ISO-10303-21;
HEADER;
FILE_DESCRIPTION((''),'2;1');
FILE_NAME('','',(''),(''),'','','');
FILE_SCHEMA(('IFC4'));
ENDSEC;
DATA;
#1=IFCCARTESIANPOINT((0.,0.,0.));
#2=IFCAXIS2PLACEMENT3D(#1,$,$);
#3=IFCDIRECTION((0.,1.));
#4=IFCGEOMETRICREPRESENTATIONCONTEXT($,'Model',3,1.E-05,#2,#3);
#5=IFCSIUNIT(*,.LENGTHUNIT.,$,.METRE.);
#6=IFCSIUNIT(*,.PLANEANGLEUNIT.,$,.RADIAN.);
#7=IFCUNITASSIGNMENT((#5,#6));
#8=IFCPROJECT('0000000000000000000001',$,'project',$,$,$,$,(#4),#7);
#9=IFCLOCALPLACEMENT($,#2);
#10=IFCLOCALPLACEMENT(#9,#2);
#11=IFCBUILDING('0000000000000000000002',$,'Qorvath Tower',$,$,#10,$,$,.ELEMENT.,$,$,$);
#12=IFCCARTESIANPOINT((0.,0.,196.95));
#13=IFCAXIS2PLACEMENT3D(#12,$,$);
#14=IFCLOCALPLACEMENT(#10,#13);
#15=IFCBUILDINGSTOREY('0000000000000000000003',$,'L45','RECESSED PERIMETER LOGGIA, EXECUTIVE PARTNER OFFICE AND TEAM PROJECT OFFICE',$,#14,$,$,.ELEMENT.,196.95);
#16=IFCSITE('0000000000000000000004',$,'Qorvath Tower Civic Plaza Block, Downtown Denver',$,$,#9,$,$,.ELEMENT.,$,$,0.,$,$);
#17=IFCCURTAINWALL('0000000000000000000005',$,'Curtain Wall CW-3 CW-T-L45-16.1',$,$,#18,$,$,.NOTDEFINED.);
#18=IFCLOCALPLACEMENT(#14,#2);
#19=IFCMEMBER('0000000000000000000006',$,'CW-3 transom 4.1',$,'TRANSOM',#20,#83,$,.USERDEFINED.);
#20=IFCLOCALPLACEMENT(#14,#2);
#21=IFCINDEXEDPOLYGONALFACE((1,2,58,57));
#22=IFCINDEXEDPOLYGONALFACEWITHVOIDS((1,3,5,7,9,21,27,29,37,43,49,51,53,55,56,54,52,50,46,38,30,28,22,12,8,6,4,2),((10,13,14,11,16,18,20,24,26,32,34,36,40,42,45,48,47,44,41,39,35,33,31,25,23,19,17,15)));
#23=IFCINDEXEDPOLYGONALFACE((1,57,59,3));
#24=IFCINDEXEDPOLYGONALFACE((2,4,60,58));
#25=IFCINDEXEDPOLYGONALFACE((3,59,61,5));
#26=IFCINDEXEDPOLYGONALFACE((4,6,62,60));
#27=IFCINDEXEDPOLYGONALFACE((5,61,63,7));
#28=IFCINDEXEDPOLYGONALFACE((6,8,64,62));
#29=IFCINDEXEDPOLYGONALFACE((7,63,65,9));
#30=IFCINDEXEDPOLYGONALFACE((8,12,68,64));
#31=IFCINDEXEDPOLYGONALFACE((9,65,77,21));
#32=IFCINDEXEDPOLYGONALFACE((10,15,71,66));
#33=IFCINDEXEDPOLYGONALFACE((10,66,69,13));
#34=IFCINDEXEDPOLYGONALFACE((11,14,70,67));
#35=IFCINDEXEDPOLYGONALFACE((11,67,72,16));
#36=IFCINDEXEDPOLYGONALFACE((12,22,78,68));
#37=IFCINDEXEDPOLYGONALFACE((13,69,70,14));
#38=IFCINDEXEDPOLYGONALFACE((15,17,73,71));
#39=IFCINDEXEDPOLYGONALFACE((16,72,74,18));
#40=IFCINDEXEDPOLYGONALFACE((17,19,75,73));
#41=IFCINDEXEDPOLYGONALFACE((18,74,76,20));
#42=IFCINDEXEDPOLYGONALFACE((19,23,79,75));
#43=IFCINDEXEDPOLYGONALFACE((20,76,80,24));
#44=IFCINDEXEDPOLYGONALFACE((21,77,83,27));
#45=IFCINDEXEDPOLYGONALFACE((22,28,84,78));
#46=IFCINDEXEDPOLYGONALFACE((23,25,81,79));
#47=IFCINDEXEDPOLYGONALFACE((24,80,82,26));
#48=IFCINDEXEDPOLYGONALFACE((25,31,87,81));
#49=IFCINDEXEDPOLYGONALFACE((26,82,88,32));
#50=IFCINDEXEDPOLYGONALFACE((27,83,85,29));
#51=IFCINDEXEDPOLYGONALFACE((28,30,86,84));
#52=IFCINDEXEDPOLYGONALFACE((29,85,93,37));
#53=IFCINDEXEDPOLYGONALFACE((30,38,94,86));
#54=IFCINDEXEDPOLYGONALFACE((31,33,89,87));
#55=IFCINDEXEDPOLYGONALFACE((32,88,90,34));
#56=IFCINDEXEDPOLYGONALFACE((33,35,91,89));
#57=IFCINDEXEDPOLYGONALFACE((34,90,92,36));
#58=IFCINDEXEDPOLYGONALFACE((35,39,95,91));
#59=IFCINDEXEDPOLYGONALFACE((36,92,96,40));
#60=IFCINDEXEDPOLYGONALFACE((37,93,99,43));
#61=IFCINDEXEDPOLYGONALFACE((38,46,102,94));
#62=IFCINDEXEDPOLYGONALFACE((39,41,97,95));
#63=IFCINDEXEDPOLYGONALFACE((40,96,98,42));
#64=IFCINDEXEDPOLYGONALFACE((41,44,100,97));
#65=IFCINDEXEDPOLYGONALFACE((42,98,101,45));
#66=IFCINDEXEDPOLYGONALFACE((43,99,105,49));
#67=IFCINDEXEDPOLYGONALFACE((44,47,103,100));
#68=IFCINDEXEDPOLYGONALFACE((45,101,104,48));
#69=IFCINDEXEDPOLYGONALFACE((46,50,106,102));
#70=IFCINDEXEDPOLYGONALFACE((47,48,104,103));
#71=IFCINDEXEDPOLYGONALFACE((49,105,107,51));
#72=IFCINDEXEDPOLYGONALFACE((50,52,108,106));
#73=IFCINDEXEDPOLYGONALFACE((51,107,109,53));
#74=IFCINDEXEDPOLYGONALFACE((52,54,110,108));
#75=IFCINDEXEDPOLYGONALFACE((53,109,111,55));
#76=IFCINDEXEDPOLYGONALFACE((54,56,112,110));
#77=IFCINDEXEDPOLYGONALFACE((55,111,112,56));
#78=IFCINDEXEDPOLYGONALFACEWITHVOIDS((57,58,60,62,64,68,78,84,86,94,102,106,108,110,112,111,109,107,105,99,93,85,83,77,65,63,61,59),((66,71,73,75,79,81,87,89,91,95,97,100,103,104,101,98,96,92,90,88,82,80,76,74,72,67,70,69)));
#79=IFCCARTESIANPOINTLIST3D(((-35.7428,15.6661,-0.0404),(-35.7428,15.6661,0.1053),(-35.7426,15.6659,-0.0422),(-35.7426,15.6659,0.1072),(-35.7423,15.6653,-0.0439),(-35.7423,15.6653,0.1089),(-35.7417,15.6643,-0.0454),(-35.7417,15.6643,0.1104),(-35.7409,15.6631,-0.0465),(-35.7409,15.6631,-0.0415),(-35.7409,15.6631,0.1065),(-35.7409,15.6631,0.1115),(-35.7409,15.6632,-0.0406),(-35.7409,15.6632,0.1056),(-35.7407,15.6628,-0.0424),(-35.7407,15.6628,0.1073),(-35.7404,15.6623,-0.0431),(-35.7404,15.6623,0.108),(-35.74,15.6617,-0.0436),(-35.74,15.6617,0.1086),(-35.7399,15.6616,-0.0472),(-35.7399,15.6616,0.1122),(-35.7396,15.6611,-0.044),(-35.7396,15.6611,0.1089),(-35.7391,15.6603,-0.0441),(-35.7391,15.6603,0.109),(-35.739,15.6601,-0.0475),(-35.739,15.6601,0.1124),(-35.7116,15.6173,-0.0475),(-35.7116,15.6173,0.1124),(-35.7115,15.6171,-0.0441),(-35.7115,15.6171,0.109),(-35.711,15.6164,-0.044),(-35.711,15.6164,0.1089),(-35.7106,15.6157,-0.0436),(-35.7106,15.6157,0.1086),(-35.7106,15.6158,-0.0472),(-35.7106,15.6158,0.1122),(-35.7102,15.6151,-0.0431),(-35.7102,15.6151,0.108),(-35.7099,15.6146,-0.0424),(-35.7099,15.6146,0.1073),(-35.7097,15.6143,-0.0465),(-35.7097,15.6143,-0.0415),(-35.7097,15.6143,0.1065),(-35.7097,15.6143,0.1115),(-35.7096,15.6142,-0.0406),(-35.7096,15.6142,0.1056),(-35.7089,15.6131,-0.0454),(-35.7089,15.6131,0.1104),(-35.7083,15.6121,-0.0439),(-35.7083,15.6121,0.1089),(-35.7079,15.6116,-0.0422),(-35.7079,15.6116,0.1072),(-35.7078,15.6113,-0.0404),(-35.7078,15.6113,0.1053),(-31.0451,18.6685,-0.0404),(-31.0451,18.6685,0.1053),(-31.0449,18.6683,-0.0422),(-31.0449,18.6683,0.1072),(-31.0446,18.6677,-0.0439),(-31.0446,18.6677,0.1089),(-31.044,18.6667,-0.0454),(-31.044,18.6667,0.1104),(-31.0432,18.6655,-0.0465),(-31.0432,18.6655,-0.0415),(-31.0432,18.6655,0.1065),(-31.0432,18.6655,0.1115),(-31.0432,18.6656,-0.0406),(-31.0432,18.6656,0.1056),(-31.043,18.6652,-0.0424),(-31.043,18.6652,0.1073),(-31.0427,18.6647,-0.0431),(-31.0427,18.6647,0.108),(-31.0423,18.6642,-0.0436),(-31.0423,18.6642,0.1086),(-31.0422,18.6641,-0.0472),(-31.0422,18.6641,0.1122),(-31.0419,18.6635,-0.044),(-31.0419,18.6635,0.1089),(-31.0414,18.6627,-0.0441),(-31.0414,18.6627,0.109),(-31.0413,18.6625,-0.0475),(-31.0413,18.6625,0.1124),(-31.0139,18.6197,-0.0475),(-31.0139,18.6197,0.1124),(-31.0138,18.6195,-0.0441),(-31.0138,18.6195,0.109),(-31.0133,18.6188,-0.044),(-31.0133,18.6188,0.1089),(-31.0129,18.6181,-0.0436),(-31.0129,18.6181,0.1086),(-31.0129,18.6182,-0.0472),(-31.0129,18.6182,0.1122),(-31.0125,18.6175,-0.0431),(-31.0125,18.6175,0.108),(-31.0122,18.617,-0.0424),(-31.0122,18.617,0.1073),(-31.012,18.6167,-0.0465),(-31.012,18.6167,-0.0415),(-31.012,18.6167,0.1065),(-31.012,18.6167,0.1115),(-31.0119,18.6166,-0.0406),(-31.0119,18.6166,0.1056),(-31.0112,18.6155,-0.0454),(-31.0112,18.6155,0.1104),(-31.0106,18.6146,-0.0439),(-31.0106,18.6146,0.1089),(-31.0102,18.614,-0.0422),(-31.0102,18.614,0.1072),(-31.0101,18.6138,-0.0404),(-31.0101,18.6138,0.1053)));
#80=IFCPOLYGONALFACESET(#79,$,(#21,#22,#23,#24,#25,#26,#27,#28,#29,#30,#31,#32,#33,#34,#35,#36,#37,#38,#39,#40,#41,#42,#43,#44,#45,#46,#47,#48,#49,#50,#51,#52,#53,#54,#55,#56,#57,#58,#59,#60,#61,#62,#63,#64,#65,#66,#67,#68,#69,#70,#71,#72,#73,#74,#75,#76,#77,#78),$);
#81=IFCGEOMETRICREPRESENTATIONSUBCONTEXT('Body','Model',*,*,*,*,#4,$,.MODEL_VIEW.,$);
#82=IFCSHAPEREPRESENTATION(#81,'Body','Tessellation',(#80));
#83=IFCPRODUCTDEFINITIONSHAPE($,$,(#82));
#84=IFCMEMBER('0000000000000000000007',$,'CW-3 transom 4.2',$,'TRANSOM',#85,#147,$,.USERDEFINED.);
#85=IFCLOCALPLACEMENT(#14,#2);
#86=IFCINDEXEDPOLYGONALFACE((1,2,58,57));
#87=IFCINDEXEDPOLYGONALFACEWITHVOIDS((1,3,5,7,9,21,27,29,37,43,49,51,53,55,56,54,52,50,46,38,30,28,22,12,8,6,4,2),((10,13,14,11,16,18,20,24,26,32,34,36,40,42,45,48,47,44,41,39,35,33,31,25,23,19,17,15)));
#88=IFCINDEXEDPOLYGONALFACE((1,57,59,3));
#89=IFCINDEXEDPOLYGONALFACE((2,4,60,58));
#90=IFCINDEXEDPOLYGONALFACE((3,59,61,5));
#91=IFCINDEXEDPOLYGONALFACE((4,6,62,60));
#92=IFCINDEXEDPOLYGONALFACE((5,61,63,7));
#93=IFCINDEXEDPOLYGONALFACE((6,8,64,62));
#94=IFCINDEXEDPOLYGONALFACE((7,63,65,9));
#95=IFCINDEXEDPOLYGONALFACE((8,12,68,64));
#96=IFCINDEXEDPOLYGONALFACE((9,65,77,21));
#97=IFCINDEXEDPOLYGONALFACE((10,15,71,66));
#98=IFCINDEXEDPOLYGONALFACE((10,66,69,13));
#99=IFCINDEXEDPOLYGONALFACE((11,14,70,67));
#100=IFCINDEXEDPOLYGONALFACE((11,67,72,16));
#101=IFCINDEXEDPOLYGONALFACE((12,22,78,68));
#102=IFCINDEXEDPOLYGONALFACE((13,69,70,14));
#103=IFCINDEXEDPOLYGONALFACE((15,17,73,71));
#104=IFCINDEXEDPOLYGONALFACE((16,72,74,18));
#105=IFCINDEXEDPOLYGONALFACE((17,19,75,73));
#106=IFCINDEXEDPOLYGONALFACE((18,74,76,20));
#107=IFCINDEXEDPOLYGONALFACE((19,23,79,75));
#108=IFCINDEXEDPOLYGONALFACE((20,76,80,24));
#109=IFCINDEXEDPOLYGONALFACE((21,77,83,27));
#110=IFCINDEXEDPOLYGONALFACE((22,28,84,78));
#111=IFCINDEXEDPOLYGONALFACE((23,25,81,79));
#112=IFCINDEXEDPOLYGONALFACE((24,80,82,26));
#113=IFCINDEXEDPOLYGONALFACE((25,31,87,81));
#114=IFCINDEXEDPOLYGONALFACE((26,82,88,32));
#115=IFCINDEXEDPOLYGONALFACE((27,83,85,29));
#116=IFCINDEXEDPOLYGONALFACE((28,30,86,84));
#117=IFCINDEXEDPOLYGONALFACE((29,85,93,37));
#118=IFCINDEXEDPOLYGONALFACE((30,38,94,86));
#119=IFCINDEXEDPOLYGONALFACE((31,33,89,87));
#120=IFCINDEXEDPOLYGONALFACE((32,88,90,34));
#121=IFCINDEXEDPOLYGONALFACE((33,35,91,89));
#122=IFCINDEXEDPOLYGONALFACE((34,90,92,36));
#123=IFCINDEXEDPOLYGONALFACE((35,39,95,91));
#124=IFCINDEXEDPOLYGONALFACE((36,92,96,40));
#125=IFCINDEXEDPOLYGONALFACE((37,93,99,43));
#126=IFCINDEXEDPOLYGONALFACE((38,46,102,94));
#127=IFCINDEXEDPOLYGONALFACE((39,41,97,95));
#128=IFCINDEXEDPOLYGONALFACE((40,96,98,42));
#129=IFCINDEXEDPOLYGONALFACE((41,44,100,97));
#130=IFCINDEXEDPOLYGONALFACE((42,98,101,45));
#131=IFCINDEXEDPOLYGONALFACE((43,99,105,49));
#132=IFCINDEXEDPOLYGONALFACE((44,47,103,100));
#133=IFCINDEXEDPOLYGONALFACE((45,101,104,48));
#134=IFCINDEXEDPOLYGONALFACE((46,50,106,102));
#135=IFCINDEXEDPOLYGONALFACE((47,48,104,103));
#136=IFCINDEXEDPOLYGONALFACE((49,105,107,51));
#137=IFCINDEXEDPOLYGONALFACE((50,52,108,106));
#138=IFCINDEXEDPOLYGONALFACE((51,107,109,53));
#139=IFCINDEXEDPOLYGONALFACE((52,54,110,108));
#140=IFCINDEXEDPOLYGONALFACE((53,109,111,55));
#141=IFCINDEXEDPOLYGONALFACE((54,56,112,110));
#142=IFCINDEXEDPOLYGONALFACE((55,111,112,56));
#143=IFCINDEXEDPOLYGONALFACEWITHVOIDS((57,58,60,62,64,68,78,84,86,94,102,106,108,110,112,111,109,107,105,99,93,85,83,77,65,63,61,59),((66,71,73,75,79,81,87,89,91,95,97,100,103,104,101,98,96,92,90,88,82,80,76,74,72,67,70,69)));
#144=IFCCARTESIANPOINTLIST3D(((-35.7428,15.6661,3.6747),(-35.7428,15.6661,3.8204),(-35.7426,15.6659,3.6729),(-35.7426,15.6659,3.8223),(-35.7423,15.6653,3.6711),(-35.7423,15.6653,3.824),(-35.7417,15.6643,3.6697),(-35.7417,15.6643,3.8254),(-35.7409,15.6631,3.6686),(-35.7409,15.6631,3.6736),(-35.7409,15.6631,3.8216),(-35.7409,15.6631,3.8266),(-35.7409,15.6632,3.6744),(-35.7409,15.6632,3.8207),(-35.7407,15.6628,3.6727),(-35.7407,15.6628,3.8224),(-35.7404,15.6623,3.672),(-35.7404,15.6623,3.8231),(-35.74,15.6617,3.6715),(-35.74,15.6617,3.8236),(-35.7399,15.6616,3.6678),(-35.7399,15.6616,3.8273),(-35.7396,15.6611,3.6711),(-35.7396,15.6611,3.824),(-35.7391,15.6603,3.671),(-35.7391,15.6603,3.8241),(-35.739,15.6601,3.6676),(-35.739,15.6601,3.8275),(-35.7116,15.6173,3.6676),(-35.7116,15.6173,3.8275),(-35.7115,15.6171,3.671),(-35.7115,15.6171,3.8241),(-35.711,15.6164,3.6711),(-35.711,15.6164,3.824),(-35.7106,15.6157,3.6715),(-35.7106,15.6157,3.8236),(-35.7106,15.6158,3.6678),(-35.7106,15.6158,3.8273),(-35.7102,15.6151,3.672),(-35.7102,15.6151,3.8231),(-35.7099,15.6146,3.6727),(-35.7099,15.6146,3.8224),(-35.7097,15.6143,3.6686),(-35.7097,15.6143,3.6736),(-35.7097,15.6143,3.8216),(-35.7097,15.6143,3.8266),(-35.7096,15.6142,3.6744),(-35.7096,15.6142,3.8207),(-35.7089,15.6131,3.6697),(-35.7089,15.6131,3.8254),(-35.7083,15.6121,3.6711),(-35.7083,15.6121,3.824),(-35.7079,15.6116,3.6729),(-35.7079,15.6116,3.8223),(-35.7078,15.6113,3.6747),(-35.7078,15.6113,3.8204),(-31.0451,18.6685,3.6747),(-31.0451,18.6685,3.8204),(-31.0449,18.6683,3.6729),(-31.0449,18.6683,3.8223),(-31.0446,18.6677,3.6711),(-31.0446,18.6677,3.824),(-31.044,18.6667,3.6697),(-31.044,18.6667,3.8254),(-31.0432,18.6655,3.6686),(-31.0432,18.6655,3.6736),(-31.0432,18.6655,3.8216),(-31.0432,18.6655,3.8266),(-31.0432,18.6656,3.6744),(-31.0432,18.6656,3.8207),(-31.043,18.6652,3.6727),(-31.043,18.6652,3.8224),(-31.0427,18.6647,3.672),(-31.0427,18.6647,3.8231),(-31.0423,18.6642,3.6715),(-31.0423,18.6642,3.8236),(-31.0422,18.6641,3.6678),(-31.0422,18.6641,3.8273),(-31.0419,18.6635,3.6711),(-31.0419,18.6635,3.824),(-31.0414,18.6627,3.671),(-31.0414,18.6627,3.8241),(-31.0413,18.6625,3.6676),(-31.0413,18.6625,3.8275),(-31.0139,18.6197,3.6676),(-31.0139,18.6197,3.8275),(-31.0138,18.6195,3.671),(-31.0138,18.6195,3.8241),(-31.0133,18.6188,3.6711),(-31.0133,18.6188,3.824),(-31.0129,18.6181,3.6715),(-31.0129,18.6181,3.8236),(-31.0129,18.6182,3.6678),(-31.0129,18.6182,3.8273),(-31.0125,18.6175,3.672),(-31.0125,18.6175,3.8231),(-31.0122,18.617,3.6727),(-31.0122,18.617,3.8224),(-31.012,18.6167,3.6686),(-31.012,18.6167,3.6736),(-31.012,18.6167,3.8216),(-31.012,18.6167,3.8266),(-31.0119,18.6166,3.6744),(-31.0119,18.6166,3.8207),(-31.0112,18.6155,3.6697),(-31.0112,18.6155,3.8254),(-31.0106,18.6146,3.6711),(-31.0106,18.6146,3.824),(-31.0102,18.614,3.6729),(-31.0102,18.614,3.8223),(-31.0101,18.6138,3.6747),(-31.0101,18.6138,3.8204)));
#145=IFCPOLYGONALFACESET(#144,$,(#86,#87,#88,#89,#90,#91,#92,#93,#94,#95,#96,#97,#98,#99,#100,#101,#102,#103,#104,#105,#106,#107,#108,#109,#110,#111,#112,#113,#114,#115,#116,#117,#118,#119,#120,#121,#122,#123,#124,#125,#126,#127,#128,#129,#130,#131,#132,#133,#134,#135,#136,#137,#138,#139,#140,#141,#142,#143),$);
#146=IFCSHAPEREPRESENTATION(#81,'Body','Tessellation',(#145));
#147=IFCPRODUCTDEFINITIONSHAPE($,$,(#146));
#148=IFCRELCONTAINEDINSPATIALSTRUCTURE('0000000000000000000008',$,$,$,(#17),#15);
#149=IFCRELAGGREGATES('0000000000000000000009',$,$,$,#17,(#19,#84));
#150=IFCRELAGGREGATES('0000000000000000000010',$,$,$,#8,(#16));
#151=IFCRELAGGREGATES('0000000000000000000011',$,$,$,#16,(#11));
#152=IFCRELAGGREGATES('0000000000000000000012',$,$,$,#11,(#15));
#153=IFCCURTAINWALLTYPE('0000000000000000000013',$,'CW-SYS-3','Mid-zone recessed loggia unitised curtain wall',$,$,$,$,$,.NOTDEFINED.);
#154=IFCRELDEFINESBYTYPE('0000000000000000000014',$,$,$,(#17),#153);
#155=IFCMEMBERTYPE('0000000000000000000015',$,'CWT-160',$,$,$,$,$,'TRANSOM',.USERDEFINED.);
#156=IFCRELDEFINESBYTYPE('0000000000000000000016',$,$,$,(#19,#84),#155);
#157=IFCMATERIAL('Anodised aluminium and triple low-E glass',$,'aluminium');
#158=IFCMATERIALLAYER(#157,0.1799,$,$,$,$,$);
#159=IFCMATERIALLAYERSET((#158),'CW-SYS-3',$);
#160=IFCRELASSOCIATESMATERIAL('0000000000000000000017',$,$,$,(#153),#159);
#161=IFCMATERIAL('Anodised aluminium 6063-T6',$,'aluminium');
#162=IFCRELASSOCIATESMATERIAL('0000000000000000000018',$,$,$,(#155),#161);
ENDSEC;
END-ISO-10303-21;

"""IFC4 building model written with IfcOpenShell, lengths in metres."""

from ifc_helpers import new_model, si_unit, direction, frame, origin, origin_2d, place, context, subcontext, project, spatial, hollow_rectangle, extrude, material, layer, layer_set, material_profile, profile_set, type_object, element, aggregate, save


model = new_model("IFC4")

# Units and contexts
model_context = context("Model", 3, precision=1e-05, world=origin(), true_north=direction((0.0, 1.0)))
body_context = subcontext(model_context, "Body", "Model", "MODEL_VIEW")
ifc_project = project(units=[si_unit("LENGTHUNIT", "METRE"), si_unit("PLANEANGLEUNIT", "RADIAN")], contexts=[model_context])

# Site, building, storey
site_placement = place(None, origin())
site = spatial("IfcSite", under=ifc_project, at=site_placement, Name="Qorvath Tower Civic Plaza Block, Downtown Denver", CompositionType="ELEMENT", RefElevation=0.0)
building_placement = place(site_placement, origin())
building = spatial("IfcBuilding", under=site, at=building_placement, Name="Qorvath Tower", CompositionType="ELEMENT")
storey_placement = place(building_placement, frame((0.0, 0.0, 196.95)))
storey = spatial("IfcBuildingStorey", under=building, at=storey_placement, Name="L45", Description="RECESSED PERIMETER LOGGIA, EXECUTIVE PARTNER OFFICE AND TEAM PROJECT OFFICE", CompositionType="ELEMENT", Elevation=196.95)

# Curtain wall, members
ifc_material_1 = material(Name="Anodised aluminium and triple low-E glass", Category="aluminium")
ifc_layer_1 = layer(ifc_material_1, 0.1799)
ifc_layer_set_1 = layer_set([ifc_layer_1], Name="CW-SYS-3")
curtain_wall_type = type_object("IfcCurtainWallType", Name="CW-SYS-3", Description="Mid-zone recessed loggia unitised curtain wall", PredefinedType="NOTDEFINED", material=ifc_layer_set_1)
curtain_wall_placement = place(storey_placement, origin())
curtain_wall = element("IfcCurtainWall", 1, at=curtain_wall_placement, inside=storey, type_object=curtain_wall_type, Name="Curtain Wall CW-3 CW-T-L45-16.1", PredefinedType="NOTDEFINED")
ifc_material_2 = material(Name="Anodised aluminium 6063-T6", Category="aluminium")
ifc_material_profile_1 = material_profile(ifc_material_2, hollow_rectangle(XDim=0.0649, YDim=0.1599, WallThickness=0.0034, InnerFilletRadius=0.0034, OuterFilletRadius=0.0071, at=origin_2d()), Name="CWT 160x65")
ifc_profile_set_1 = profile_set([ifc_material_profile_1], Name="Anodised aluminium 6063-T6")
member_type_1 = type_object("IfcMemberType", Name="CWT-160", ElementType="TRANSOM", PredefinedType="USERDEFINED", material=ifc_profile_set_1)
member_1_placement = place(storey_placement, frame((-31.0276, 18.6411, 0.0325), z_axis=(-0.842607, -0.538529, 0.0), x_axis=(0.538529, -0.842607, 0.0)))
member_1 = element("IfcMember", 2, at=member_1_placement, type_object=member_type_1, Name="CW-3 transom 4.1", ObjectType="TRANSOM", PredefinedType="USERDEFINED", context=body_context, shape_type="SweptSolid", body=[
    extrude(hollow_rectangle(XDim=0.0649, YDim=0.1599, WallThickness=0.0034, InnerFilletRadius=0.0034, OuterFilletRadius=0.0071, at=origin_2d()), origin(), (0.0, 0.0, 1.0), 5.5752),
])
member_2_placement = place(storey_placement, frame((-31.0276, 18.6411, 3.7476), z_axis=(-0.842607, -0.538529, 0.0), x_axis=(0.538529, -0.842607, 0.0)))
member_2 = element("IfcMember", 3, at=member_2_placement, type_object=member_type_1, Name="CW-3 transom 4.2", ObjectType="TRANSOM", PredefinedType="USERDEFINED", context=body_context, shape_type="SweptSolid", body=[
    extrude(hollow_rectangle(XDim=0.0649, YDim=0.1599, WallThickness=0.0034, InnerFilletRadius=0.0034, OuterFilletRadius=0.0071, at=origin_2d()), origin(), (0.0, 0.0, 1.0), 5.5752),
])
aggregate(curtain_wall, [member_1, member_2])

save(model, "model.ifc")
